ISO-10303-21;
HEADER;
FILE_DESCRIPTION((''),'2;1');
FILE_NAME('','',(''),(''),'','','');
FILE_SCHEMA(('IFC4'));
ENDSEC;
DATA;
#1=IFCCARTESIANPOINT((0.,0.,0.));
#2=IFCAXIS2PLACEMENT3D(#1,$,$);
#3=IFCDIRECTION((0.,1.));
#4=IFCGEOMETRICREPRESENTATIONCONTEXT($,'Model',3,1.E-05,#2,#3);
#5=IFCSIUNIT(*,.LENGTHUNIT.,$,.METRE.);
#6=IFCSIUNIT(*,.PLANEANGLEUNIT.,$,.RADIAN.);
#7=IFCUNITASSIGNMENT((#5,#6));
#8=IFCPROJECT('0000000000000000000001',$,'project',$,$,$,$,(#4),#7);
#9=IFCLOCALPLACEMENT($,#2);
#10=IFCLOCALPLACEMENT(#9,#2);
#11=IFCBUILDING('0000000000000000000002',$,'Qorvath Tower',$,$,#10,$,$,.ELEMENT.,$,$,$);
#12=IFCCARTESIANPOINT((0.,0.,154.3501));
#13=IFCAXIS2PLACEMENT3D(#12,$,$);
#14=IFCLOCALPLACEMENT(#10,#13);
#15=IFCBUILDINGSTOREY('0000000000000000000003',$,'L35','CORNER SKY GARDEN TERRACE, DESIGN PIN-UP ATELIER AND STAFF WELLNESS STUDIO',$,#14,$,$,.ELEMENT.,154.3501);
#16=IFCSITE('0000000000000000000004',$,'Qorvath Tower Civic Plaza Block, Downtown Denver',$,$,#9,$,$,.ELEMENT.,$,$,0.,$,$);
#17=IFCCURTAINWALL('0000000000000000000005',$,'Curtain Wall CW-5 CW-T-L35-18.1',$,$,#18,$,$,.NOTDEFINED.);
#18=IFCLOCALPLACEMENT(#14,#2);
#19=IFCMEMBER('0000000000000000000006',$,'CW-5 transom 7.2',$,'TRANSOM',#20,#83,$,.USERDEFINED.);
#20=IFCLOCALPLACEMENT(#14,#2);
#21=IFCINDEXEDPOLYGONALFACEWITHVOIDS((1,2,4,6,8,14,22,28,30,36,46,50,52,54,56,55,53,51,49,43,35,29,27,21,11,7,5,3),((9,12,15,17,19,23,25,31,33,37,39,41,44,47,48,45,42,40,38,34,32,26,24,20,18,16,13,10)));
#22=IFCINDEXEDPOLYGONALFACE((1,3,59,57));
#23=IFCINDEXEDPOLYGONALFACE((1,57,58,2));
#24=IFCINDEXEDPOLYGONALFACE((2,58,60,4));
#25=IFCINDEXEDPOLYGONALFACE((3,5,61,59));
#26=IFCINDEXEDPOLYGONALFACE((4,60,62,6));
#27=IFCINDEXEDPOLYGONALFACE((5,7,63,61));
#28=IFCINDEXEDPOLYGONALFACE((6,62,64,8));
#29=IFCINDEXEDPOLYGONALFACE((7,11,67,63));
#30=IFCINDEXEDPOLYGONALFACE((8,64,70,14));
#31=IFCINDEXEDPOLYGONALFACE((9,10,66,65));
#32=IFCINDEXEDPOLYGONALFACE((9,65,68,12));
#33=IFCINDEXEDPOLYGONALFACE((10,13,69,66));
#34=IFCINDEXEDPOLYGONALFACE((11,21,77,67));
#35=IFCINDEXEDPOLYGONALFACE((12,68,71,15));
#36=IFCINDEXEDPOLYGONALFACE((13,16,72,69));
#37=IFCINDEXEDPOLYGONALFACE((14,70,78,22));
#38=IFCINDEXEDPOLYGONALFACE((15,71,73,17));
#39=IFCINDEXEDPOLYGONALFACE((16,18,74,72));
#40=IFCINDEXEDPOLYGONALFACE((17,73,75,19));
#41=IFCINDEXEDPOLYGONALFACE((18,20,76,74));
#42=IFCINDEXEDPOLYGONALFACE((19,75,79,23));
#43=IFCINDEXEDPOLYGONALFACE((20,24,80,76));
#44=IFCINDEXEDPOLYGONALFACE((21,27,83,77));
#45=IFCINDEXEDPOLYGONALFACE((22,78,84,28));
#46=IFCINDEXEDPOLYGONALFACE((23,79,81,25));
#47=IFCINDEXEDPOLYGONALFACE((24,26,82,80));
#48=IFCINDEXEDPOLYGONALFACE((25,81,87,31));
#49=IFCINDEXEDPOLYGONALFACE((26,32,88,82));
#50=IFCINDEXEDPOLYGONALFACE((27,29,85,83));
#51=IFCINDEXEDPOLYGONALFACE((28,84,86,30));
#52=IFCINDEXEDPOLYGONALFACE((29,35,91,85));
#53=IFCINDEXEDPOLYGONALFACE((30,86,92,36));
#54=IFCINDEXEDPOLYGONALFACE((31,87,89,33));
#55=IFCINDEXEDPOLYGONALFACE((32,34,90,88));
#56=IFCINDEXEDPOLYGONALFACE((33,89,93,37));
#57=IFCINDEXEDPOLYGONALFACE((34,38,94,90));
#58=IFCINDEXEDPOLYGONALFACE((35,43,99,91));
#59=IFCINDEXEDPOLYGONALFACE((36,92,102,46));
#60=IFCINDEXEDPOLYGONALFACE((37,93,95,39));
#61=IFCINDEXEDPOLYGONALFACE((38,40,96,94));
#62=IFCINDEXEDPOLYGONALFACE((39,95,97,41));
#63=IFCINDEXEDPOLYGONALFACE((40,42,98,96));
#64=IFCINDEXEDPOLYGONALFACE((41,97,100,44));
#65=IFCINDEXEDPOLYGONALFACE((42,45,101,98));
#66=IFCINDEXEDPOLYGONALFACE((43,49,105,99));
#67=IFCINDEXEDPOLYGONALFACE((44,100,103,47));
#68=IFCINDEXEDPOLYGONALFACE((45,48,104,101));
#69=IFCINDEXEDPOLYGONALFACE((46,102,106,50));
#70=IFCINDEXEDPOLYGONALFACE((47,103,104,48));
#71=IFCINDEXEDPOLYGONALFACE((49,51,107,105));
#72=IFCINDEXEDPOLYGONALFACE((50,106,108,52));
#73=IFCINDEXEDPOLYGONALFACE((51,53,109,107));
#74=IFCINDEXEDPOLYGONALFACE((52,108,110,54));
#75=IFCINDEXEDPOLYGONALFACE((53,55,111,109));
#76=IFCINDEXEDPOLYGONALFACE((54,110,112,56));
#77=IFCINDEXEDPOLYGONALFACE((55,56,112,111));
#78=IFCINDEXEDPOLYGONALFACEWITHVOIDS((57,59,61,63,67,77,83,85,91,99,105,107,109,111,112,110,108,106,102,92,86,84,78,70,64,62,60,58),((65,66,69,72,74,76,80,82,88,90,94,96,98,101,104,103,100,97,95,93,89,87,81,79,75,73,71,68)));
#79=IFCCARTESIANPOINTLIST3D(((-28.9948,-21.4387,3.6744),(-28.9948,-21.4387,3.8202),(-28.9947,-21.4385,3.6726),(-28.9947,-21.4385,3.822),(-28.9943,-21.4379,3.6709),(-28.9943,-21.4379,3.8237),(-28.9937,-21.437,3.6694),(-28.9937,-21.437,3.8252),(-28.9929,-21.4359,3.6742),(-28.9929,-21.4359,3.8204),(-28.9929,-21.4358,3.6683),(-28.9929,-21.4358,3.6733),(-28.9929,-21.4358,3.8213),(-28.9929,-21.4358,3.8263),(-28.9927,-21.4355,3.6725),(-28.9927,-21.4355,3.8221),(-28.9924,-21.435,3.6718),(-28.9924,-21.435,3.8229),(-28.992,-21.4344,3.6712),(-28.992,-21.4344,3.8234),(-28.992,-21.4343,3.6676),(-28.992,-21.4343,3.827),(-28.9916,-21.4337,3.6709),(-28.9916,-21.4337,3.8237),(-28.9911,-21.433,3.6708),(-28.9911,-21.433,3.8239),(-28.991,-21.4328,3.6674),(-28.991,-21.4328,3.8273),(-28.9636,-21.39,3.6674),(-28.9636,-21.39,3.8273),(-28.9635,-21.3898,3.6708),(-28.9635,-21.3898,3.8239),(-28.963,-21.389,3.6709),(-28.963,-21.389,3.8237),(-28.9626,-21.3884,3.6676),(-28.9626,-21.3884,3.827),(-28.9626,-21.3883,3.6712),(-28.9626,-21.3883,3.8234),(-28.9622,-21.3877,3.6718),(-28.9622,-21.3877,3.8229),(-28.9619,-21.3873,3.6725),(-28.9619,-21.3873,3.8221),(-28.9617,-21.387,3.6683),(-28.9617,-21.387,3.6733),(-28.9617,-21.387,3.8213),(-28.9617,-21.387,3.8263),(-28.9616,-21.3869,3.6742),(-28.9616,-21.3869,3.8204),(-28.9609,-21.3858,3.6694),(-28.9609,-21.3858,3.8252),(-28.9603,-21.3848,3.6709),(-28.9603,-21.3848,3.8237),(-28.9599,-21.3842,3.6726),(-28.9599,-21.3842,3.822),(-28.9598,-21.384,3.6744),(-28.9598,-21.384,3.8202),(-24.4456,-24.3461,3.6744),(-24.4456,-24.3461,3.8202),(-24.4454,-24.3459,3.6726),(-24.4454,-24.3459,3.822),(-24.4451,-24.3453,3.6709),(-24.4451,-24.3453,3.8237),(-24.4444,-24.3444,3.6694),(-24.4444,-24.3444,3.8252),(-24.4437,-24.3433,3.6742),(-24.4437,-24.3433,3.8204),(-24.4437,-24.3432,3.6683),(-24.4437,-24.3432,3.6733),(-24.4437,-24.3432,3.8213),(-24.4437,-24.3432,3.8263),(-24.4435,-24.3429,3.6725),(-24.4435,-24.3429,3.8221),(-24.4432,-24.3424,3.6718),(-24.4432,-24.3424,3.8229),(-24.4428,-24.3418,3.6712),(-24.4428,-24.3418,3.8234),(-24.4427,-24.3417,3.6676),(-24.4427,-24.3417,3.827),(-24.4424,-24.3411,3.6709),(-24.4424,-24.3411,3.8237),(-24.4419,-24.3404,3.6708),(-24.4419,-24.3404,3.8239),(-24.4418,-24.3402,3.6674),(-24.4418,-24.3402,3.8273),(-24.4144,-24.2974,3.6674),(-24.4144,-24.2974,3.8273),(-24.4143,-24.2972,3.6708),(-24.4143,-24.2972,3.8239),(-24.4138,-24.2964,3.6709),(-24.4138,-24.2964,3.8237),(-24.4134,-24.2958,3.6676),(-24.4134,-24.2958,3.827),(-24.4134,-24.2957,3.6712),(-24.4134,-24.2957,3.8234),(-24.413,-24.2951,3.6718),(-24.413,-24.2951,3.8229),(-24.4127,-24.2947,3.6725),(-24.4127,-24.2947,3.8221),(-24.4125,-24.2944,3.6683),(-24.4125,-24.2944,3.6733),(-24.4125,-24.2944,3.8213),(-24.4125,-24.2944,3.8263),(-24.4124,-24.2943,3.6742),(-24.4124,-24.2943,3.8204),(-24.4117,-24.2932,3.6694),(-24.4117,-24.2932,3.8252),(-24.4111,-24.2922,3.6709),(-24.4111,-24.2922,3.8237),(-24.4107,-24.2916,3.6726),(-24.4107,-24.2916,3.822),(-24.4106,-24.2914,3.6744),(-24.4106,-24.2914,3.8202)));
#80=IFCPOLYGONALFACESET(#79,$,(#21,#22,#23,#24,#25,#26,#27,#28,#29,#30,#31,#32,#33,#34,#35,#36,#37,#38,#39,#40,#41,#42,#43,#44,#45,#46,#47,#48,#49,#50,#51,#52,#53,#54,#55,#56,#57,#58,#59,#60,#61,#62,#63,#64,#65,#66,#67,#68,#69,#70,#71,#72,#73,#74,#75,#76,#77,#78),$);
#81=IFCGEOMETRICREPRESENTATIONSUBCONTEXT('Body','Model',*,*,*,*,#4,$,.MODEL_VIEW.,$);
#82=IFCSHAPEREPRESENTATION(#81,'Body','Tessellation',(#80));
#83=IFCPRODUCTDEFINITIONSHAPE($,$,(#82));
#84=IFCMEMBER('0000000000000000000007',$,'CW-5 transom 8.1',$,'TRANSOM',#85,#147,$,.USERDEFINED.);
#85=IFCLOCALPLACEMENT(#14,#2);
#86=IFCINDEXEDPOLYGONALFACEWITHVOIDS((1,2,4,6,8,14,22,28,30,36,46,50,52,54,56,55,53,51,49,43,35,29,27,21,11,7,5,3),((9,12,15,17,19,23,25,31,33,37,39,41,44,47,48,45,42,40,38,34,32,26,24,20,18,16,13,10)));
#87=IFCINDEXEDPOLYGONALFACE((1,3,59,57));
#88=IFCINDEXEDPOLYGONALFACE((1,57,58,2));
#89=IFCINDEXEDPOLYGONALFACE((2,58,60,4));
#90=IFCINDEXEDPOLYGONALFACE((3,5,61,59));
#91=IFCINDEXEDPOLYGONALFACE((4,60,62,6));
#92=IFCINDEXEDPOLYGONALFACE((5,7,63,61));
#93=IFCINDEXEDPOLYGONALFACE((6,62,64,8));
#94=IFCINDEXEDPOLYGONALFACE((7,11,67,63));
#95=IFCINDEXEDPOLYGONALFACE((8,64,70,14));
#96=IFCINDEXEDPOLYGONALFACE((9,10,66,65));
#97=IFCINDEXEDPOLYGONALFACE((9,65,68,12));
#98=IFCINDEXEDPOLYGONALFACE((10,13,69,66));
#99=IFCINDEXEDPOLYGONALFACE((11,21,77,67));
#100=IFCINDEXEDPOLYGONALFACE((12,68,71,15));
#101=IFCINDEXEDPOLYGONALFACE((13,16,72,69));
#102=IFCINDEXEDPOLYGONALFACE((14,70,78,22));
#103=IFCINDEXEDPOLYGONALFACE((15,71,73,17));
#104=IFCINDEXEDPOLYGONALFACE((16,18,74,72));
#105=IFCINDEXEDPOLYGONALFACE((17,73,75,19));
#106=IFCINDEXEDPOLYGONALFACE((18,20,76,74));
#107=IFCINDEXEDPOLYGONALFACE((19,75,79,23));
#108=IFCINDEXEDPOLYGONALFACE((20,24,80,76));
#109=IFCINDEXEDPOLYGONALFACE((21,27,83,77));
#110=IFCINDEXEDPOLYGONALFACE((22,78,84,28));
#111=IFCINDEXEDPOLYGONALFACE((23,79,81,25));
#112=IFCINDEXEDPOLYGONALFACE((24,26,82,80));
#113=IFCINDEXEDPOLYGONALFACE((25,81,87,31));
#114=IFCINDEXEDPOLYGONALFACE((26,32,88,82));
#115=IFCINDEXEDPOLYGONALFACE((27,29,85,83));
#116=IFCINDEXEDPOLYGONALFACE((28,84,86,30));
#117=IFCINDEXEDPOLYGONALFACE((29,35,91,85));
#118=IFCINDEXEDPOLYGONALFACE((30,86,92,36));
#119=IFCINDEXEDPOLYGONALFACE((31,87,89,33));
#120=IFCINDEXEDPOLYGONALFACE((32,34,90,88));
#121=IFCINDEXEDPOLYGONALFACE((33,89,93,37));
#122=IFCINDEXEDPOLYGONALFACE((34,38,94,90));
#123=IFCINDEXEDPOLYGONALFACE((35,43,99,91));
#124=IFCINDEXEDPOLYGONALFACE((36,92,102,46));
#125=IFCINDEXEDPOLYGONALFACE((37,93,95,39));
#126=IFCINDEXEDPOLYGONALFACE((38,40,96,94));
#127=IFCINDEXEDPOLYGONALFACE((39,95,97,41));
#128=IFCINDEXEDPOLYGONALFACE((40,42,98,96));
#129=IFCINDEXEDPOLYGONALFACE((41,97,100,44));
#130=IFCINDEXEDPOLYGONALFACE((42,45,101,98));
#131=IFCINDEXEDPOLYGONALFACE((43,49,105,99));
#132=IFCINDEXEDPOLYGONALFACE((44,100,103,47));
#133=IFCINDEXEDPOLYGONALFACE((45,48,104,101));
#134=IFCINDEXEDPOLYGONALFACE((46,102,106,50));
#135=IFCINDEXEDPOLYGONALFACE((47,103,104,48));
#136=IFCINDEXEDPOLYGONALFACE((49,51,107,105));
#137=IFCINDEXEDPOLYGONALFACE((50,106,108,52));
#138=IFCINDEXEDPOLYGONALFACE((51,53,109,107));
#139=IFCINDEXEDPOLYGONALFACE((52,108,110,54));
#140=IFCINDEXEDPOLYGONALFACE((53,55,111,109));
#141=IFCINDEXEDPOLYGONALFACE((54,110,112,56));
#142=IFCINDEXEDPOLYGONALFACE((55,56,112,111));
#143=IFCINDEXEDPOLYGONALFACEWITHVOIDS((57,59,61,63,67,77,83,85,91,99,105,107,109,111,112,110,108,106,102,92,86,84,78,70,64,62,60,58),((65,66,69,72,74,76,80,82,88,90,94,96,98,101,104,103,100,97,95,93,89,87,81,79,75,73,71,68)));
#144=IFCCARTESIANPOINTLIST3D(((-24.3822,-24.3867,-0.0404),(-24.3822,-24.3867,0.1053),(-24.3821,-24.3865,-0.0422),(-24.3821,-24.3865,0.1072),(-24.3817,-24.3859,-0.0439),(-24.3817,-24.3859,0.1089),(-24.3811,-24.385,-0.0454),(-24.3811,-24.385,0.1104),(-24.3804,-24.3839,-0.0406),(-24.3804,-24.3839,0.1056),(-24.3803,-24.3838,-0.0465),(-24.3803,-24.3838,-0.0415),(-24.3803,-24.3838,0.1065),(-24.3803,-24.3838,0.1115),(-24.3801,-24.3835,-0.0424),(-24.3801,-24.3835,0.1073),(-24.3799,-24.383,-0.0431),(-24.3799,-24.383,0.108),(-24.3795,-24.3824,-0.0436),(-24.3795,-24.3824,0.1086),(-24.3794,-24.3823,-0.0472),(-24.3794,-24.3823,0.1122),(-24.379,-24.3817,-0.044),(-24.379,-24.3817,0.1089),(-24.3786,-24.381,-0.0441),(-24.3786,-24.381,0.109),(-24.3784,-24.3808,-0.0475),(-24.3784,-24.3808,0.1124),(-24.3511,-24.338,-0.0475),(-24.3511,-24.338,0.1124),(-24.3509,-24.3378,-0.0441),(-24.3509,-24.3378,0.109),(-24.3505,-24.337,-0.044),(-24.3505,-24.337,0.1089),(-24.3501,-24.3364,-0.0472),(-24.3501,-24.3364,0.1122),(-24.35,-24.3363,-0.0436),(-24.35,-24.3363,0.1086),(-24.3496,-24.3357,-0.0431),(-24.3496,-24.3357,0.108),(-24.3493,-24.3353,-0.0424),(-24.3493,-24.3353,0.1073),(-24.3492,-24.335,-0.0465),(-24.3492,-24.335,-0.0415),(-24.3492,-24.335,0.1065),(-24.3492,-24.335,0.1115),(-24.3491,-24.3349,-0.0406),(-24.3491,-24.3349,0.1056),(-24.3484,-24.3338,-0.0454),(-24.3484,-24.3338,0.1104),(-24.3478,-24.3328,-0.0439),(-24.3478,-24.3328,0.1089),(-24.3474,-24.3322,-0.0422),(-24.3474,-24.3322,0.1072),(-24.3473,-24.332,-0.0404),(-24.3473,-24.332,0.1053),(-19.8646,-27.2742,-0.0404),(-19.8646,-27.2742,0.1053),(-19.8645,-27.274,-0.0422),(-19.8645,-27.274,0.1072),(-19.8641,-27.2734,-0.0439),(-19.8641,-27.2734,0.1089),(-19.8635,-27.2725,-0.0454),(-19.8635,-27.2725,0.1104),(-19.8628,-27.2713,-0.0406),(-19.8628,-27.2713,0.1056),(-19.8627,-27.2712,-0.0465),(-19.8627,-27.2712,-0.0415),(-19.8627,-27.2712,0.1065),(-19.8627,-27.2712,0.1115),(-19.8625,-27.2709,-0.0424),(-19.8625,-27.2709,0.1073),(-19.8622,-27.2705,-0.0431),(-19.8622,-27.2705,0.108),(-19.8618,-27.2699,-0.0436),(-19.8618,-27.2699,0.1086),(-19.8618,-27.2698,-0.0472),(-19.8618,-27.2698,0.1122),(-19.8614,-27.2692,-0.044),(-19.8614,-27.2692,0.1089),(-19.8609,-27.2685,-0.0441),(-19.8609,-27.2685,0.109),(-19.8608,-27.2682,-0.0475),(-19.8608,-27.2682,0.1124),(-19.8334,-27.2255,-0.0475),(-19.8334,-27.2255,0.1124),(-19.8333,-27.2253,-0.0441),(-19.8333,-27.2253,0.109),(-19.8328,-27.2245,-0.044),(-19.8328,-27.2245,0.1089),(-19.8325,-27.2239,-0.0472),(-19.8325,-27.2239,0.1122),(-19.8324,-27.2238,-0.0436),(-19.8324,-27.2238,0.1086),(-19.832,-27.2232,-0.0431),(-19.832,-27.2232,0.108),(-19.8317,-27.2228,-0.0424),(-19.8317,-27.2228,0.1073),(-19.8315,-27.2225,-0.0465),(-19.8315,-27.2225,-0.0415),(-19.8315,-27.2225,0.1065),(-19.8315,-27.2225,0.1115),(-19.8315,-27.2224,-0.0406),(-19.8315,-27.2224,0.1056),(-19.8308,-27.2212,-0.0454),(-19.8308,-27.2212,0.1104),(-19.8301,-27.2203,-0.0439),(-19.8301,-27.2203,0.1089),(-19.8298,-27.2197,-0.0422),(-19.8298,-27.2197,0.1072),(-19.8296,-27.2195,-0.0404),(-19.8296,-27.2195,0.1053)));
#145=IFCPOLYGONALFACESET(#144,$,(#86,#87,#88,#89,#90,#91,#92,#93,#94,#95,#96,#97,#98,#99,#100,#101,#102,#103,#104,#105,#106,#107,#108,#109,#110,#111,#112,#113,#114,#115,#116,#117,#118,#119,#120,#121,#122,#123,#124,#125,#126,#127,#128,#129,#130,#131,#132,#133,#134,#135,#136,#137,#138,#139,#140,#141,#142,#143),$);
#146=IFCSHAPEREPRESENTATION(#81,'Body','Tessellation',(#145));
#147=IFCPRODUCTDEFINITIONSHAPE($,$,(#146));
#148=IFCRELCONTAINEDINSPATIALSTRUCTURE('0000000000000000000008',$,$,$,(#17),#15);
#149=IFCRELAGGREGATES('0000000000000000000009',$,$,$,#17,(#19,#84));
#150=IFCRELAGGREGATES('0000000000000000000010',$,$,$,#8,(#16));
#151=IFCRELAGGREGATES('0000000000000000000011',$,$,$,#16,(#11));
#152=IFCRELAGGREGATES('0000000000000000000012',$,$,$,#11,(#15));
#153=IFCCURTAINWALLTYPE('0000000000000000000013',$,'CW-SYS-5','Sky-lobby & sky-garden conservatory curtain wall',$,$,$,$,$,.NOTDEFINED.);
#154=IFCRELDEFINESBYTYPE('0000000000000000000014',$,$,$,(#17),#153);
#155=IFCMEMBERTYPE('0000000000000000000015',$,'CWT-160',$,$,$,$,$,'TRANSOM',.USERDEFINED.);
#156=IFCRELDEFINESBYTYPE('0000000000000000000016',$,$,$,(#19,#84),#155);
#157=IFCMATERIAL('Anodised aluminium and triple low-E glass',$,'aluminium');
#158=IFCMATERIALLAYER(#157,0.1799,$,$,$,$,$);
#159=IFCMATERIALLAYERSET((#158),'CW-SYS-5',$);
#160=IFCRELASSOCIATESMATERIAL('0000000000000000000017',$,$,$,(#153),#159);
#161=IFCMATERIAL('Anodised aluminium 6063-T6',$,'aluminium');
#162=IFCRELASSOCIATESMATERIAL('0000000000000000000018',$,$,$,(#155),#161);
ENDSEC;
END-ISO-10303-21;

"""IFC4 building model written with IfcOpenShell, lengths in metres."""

from ifc_helpers import new_model, si_unit, direction, frame, origin, origin_2d, place, context, subcontext, project, spatial, hollow_rectangle, extrude, material, layer, layer_set, material_profile, profile_set, type_object, element, aggregate, save


model = new_model("IFC4")

# Units and contexts
model_context = context("Model", 3, precision=1e-05, world=origin(), true_north=direction((0.0, 1.0)))
body_context = subcontext(model_context, "Body", "Model", "MODEL_VIEW")
ifc_project = project(units=[si_unit("LENGTHUNIT", "METRE"), si_unit("PLANEANGLEUNIT", "RADIAN")], contexts=[model_context])

# Site, building, storey
site_placement = place(None, origin())
site = spatial("IfcSite", under=ifc_project, at=site_placement, Name="Qorvath Tower Civic Plaza Block, Downtown Denver", CompositionType="ELEMENT", RefElevation=0.0)
building_placement = place(site_placement, origin())
building = spatial("IfcBuilding", under=site, at=building_placement, Name="Qorvath Tower", CompositionType="ELEMENT")
storey_placement = place(building_placement, frame((0.0, 0.0, 154.3501)))
storey = spatial("IfcBuildingStorey", under=building, at=storey_placement, Name="L35", Description="CORNER SKY GARDEN TERRACE, DESIGN PIN-UP ATELIER AND STAFF WELLNESS STUDIO", CompositionType="ELEMENT", Elevation=154.3501)

# Curtain wall, members
ifc_material_1 = material(Name="Anodised aluminium and triple low-E glass", Category="aluminium")
ifc_layer_1 = layer(ifc_material_1, 0.1799)
ifc_layer_set_1 = layer_set([ifc_layer_1], Name="CW-SYS-5")
curtain_wall_type = type_object("IfcCurtainWallType", Name="CW-SYS-5", Description="Sky-lobby & sky-garden conservatory curtain wall", PredefinedType="NOTDEFINED", material=ifc_layer_set_1)
curtain_wall_placement = place(storey_placement, origin())
curtain_wall = element("IfcCurtainWall", 1, at=curtain_wall_placement, inside=storey, type_object=curtain_wall_type, Name="Curtain Wall CW-5 CW-T-L35-18.1", PredefinedType="NOTDEFINED")
ifc_material_2 = material(Name="Anodised aluminium 6063-T6", Category="aluminium")
ifc_material_profile_1 = material_profile(ifc_material_2, hollow_rectangle(XDim=0.0649, YDim=0.1599, WallThickness=0.0034, InnerFilletRadius=0.0034, OuterFilletRadius=0.0071, at=origin_2d()), Name="CWT 160x65")
ifc_profile_set_1 = profile_set([ifc_material_profile_1], Name="Anodised aluminium 6063-T6")
member_type_1 = type_object("IfcMemberType", Name="CWT-160", ElementType="TRANSOM", PredefinedType="USERDEFINED", material=ifc_profile_set_1)
member_1_placement = place(storey_placement, frame((-28.9773, -21.4114, 3.7473), z_axis=(0.842615, -0.538516, 0.0), x_axis=(0.538516, 0.842615, 0.0)))
member_1 = element("IfcMember", 2, at=member_1_placement, type_object=member_type_1, Name="CW-5 transom 7.2", ObjectType="TRANSOM", PredefinedType="USERDEFINED", context=body_context, shape_type="SweptSolid", body=[
    extrude(hollow_rectangle(XDim=0.0649, YDim=0.1599, WallThickness=0.0034, InnerFilletRadius=0.0034, OuterFilletRadius=0.0071, at=origin_2d()), origin(), (0.0, 0.0, 1.0), 5.3989),
])
member_2_placement = place(storey_placement, frame((-24.3647, -24.3594, 0.0325), z_axis=(0.842593, -0.538551, 0.0), x_axis=(0.538551, 0.842593, 0.0)))
member_2 = element("IfcMember", 3, at=member_2_placement, type_object=member_type_1, Name="CW-5 transom 8.1", ObjectType="TRANSOM", PredefinedType="USERDEFINED", context=body_context, shape_type="SweptSolid", body=[
    extrude(hollow_rectangle(XDim=0.0649, YDim=0.1599, WallThickness=0.0034, InnerFilletRadius=0.0034, OuterFilletRadius=0.0071, at=origin_2d()), origin(), (0.0, 0.0, 1.0), 5.3616),
])
aggregate(curtain_wall, [member_1, member_2])

save(model, "model.ifc")
